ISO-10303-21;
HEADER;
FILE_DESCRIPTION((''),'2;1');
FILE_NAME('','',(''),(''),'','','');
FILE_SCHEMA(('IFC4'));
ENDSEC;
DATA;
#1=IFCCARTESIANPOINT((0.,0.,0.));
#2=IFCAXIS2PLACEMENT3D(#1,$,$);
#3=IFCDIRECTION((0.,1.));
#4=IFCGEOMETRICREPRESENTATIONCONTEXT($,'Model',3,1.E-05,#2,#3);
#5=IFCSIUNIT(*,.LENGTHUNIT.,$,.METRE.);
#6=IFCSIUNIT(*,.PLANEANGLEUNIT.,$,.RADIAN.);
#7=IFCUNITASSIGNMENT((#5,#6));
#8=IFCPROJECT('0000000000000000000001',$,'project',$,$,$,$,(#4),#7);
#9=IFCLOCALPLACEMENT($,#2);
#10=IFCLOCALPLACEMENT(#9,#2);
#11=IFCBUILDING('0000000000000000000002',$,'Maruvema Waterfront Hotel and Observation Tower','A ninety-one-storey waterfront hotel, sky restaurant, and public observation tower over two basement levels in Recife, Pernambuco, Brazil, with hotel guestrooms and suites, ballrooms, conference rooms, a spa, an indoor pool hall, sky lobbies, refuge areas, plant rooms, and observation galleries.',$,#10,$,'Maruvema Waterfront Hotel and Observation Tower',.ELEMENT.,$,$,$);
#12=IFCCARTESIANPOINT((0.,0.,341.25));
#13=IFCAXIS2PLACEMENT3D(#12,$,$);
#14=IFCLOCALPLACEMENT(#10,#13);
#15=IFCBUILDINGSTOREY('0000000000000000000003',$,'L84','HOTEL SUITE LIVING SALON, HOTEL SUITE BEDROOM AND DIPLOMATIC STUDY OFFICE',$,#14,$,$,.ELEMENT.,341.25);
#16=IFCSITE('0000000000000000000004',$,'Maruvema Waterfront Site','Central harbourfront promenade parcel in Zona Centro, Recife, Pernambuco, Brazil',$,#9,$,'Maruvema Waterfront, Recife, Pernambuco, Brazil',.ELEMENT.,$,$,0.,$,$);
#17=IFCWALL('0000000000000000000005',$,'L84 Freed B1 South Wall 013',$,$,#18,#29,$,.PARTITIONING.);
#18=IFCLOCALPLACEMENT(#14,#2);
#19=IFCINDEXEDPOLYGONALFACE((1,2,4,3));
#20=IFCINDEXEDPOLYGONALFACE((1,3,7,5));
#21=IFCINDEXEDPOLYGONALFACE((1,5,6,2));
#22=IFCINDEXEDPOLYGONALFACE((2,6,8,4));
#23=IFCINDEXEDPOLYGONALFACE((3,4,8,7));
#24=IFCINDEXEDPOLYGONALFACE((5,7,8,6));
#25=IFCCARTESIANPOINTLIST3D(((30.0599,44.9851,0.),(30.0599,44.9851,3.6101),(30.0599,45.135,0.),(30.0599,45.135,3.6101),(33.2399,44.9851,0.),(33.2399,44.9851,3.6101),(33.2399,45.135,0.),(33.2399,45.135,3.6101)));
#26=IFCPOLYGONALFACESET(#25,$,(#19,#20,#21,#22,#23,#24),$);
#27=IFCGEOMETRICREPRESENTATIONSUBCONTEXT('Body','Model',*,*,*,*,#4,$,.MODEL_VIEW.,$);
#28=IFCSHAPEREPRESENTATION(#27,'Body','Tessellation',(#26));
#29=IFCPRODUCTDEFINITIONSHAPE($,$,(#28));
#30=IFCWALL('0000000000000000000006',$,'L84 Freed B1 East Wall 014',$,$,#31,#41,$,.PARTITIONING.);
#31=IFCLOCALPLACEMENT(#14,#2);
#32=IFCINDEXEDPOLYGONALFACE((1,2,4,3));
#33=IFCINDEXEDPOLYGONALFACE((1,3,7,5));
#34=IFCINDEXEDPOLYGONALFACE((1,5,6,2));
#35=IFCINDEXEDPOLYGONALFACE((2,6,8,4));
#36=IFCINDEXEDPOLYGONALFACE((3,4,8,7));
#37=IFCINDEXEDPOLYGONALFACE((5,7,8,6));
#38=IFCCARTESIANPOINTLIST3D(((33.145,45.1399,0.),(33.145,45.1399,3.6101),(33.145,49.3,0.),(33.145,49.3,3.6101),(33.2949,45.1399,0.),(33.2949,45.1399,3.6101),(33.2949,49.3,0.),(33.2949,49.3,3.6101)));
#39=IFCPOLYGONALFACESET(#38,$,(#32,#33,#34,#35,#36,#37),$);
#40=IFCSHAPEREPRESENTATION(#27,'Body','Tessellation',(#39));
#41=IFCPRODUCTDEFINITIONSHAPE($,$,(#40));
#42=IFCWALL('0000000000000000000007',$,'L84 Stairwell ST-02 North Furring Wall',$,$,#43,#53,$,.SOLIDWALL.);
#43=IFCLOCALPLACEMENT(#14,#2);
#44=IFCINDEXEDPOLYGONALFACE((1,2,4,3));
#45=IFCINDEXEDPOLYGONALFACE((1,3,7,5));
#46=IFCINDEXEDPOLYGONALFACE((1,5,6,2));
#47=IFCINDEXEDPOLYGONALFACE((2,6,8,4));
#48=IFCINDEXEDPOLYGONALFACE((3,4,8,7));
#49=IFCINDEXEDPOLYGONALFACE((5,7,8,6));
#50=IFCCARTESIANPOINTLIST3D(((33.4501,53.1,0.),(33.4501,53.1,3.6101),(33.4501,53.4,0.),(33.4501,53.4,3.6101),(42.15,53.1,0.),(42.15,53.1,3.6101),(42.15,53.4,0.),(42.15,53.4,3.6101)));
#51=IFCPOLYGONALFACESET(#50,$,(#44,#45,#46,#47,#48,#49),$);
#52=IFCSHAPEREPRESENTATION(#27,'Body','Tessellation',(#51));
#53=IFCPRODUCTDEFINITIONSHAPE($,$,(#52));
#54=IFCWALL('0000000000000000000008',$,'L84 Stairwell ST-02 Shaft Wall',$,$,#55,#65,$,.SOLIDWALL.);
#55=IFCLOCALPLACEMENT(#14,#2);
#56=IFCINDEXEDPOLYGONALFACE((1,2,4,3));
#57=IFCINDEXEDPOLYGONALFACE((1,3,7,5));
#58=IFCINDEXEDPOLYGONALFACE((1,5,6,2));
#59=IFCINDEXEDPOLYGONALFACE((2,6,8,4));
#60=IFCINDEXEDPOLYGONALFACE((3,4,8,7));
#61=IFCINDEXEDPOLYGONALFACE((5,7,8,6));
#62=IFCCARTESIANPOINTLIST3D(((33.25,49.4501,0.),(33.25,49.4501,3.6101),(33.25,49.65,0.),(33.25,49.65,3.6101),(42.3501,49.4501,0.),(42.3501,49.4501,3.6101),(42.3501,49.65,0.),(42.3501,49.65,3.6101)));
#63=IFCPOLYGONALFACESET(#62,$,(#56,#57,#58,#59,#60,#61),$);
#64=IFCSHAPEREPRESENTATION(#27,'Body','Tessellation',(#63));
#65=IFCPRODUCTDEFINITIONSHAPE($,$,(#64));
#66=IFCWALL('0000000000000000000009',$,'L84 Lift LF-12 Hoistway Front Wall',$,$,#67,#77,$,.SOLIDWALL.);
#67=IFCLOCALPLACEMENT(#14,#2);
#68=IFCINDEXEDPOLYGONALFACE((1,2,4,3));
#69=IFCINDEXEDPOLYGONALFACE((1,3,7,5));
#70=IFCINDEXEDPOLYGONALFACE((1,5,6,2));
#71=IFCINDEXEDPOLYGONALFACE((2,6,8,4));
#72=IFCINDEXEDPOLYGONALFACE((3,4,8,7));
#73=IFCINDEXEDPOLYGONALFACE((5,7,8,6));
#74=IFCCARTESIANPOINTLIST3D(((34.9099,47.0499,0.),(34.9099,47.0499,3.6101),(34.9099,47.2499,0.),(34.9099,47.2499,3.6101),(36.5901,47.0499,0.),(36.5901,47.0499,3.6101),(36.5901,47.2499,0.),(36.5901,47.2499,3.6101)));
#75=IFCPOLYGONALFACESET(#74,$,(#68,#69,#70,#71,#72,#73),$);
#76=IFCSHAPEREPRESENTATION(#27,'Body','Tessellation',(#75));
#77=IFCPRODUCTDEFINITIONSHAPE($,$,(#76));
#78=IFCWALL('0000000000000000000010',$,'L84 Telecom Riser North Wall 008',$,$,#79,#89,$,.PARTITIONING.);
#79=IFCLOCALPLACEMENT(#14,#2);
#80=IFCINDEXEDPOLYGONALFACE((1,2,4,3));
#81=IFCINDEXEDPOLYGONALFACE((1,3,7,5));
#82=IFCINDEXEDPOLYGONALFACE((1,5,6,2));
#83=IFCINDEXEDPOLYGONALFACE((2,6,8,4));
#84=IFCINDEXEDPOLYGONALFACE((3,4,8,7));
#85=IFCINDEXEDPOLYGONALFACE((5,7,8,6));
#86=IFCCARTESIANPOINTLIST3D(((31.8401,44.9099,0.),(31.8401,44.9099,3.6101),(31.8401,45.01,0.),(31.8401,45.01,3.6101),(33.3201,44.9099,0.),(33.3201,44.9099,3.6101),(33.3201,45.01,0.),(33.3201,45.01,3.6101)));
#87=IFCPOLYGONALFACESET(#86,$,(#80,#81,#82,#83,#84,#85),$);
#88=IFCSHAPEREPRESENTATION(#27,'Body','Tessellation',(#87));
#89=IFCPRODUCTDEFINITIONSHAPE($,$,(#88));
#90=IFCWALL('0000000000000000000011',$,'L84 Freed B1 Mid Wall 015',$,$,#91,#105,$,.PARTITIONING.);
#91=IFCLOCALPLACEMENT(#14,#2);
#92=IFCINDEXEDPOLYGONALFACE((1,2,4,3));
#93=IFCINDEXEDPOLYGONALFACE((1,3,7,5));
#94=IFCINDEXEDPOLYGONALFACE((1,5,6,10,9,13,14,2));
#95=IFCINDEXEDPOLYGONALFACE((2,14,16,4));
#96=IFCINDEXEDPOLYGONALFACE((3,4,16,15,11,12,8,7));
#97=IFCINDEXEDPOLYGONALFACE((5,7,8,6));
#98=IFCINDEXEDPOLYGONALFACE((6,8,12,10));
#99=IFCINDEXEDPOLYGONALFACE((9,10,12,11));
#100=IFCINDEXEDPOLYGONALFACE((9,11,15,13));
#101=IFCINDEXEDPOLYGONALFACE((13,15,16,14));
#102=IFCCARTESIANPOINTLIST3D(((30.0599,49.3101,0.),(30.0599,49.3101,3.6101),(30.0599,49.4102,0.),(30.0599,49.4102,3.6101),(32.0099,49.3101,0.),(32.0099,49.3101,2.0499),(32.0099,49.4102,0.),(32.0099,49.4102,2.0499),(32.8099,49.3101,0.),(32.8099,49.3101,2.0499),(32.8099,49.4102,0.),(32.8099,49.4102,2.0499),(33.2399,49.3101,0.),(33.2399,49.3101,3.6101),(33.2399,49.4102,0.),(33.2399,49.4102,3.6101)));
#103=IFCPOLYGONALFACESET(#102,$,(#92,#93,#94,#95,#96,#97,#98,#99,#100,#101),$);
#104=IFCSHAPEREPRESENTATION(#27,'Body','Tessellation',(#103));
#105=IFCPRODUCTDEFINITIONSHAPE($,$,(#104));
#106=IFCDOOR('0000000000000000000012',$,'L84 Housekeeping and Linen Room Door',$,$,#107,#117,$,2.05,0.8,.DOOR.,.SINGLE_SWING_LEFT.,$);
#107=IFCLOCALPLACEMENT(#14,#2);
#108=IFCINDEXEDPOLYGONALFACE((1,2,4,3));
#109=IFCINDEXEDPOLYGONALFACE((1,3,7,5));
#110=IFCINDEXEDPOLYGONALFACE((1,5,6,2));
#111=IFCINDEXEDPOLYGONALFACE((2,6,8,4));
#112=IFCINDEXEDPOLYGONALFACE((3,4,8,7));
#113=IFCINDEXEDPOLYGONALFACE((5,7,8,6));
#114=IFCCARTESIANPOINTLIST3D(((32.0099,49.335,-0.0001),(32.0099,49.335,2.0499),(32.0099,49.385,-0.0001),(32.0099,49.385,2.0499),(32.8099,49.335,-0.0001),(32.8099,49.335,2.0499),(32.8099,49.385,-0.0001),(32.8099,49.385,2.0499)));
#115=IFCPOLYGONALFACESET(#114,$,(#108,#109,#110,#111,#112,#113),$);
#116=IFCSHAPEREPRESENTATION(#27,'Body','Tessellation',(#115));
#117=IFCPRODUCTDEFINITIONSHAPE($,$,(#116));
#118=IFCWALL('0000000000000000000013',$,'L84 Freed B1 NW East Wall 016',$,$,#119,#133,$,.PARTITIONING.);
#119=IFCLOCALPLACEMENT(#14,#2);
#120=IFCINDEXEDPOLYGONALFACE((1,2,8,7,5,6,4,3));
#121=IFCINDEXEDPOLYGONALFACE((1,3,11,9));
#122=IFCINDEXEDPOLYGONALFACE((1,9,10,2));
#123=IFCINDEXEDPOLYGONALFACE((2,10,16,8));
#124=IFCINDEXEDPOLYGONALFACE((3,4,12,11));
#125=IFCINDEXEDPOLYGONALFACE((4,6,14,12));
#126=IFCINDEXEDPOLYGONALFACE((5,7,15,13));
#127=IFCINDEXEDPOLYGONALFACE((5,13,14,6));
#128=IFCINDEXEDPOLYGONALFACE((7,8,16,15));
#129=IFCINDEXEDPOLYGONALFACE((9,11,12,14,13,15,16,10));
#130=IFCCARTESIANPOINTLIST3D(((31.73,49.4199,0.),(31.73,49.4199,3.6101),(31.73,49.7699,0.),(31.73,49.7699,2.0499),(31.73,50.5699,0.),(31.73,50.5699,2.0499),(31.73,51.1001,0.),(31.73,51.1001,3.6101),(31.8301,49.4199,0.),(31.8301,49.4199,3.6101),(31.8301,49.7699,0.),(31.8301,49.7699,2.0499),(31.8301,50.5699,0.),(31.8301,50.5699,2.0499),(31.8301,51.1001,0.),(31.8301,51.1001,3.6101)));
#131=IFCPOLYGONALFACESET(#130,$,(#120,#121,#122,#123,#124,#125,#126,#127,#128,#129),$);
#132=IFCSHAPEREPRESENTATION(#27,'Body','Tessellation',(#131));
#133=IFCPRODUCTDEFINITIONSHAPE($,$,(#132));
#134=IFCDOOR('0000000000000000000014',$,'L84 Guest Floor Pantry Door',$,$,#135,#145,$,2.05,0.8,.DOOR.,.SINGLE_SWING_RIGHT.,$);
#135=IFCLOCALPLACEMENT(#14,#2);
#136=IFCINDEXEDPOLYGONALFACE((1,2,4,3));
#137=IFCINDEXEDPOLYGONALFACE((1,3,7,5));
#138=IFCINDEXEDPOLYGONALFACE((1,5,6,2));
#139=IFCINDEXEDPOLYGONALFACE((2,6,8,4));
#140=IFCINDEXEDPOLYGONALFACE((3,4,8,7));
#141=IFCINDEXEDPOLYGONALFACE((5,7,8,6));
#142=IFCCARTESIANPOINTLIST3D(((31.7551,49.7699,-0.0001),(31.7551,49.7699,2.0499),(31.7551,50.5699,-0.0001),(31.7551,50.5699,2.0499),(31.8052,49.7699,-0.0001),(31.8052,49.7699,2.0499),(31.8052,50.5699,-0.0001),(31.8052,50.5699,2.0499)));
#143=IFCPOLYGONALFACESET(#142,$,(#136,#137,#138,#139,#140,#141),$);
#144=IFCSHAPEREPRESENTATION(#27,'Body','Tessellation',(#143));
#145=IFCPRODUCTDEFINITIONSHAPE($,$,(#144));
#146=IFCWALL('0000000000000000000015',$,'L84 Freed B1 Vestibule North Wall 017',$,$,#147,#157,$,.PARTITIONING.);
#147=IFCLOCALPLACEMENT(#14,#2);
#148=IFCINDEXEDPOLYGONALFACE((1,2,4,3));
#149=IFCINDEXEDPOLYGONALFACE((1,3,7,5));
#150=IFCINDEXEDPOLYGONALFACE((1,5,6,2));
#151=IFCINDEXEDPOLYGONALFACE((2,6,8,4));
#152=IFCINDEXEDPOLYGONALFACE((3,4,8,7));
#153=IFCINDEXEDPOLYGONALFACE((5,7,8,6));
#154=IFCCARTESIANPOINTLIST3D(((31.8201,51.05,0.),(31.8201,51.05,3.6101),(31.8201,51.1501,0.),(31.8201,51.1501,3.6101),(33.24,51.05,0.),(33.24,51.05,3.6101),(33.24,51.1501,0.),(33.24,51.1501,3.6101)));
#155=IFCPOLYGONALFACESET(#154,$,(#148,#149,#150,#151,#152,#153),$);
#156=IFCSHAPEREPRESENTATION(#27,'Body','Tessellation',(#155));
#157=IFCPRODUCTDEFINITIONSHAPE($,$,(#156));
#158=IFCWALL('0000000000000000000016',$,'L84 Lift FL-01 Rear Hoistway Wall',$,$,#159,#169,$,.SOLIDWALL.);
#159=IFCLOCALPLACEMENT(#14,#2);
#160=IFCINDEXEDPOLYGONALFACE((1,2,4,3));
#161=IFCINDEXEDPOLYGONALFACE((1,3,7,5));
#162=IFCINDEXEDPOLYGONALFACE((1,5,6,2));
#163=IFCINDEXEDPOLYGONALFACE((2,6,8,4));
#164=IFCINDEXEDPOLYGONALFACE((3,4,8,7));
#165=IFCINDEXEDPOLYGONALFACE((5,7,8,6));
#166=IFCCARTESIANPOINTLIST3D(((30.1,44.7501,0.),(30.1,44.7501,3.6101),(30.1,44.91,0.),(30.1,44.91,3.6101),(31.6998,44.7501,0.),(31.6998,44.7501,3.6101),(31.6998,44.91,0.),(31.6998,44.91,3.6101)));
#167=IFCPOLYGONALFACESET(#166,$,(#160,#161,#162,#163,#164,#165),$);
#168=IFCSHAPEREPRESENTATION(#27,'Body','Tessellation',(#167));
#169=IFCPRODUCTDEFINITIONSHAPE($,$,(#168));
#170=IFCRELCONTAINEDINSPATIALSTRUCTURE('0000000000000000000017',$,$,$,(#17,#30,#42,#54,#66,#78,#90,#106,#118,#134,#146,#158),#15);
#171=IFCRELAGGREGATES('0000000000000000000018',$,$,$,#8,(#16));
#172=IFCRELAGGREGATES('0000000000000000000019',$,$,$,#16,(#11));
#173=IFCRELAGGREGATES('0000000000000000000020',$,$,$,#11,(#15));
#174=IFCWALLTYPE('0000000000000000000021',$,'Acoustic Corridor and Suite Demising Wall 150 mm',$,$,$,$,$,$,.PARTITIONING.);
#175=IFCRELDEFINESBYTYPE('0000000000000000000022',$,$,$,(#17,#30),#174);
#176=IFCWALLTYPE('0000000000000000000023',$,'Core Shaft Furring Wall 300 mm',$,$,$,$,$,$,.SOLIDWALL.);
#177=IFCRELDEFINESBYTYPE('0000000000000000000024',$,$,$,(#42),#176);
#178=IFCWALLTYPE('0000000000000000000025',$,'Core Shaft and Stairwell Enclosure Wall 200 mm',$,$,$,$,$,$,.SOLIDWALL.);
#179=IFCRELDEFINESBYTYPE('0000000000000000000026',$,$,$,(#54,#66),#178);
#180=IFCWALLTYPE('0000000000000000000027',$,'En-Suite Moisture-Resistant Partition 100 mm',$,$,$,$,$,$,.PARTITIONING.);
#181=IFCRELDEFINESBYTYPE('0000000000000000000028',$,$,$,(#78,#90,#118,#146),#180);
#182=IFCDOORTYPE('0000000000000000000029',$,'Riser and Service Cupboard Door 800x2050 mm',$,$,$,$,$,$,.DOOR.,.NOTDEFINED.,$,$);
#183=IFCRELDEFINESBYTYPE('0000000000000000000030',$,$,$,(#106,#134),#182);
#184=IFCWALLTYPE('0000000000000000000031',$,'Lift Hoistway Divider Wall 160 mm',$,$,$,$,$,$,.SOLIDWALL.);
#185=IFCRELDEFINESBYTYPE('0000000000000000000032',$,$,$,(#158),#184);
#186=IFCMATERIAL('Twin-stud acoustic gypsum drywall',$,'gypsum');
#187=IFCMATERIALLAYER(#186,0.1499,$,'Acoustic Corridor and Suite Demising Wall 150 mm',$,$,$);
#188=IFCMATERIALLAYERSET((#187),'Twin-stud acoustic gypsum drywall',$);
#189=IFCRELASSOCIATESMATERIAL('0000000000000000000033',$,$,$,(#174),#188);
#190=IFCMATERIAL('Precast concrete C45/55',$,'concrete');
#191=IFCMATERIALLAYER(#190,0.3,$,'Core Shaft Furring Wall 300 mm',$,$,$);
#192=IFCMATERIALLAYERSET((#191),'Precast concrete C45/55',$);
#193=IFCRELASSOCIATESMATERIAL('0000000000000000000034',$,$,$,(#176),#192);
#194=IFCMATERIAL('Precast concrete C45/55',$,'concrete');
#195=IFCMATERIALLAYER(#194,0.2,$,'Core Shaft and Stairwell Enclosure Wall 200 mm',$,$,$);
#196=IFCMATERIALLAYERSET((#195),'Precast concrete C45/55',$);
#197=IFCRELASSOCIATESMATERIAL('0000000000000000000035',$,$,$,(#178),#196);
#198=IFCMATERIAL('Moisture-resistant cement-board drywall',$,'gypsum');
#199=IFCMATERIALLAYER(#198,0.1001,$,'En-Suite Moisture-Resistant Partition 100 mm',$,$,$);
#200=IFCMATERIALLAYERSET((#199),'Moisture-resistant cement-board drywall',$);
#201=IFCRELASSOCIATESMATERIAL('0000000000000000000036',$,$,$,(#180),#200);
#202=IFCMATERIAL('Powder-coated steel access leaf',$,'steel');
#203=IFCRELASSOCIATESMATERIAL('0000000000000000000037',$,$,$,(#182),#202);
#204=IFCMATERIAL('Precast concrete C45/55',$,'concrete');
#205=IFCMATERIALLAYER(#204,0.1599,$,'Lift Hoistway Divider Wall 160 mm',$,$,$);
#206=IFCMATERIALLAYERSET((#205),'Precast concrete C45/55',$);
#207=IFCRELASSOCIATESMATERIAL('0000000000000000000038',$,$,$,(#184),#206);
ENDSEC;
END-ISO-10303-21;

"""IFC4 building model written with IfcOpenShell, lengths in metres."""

from ifc_helpers import new_model, si_unit, direction, frame, frame_2d, origin, place, context, subcontext, project, spatial, rectangle, extrude, material, layer, layer_set, type_object, element, fill, save


model = new_model("IFC4")

# Units and contexts
model_context = context("Model", 3, precision=1e-05, world=origin(), true_north=direction((0.0, 1.0)))
body_context = subcontext(model_context, "Body", "Model", "MODEL_VIEW")
ifc_project = project(units=[si_unit("LENGTHUNIT", "METRE"), si_unit("PLANEANGLEUNIT", "RADIAN")], contexts=[model_context])

# Site, building, storey
site_placement = place(None, origin())
site = spatial("IfcSite", under=ifc_project, at=site_placement, Name="Maruvema Waterfront Site", Description="Central harbourfront promenade parcel in Zona Centro, Recife, Pernambuco, Brazil", LongName="Maruvema Waterfront, Recife, Pernambuco, Brazil", CompositionType="ELEMENT", RefElevation=0.0)
building_placement = place(site_placement, origin())
building = spatial("IfcBuilding", under=site, at=building_placement, Name="Maruvema Waterfront Hotel and Observation Tower", Description="A ninety-one-storey waterfront hotel, sky restaurant, and public observation tower over two basement levels in Recife, Pernambuco, Brazil, with hotel guestrooms and suites, ballrooms, conference rooms, a spa, an indoor pool hall, sky lobbies, refuge areas, plant rooms, and observation galleries.", LongName="Maruvema Waterfront Hotel and Observation Tower", CompositionType="ELEMENT")
storey_placement = place(building_placement, frame((0.0, 0.0, 341.25)))
storey = spatial("IfcBuildingStorey", under=building, at=storey_placement, Name="L84", Description="HOTEL SUITE LIVING SALON, HOTEL SUITE BEDROOM AND DIPLOMATIC STUDY OFFICE", CompositionType="ELEMENT", Elevation=341.25)

# Walls
ifc_material_1 = material(Name="Twin-stud acoustic gypsum drywall", Category="gypsum")
ifc_layer_1 = layer(ifc_material_1, 0.1499, Name="Acoustic Corridor and Suite Demising Wall 150 mm")
ifc_layer_set_1 = layer_set([ifc_layer_1], Name="Twin-stud acoustic gypsum drywall")
wall_type_1 = type_object("IfcWallType", Name="Acoustic Corridor and Suite Demising Wall 150 mm", PredefinedType="PARTITIONING", material=ifc_layer_set_1)
wall_1_placement = place(storey_placement, frame((30.0601, 45.0601, 0.0), z_axis=(0.0, 0.0, 1.0), x_axis=(1.0, 0.0, 0.0)))
element("IfcWall", 1, at=wall_1_placement, inside=storey, type_object=wall_type_1, Name="L84 Freed B1 South Wall 013", PredefinedType="PARTITIONING", context=body_context, shape_type="SweptSolid", body=[
    extrude(rectangle(XDim=3.1799, YDim=0.1499, at=frame_2d((1.5898, 0.0))), origin(), (0.0, 0.0, 1.0), 3.6101),
])
wall_2_placement = place(storey_placement, frame((33.22, 45.1399, 0.0), z_axis=(0.0, 0.0, 1.0), x_axis=(0.0, 1.0, 0.0)))
element("IfcWall", 2, at=wall_2_placement, inside=storey, type_object=wall_type_1, Name="L84 Freed B1 East Wall 014", PredefinedType="PARTITIONING", context=body_context, shape_type="SweptSolid", body=[
    extrude(rectangle(XDim=4.1602, YDim=0.1499, at=frame_2d((2.0801, 0.0))), origin(), (0.0, 0.0, 1.0), 3.6101),
])
ifc_material_2 = material(Name="Precast concrete C45/55", Category="concrete")
ifc_layer_2 = layer(ifc_material_2, 0.3, Name="Core Shaft Furring Wall 300 mm")
ifc_layer_set_2 = layer_set([ifc_layer_2], Name="Precast concrete C45/55")
wall_type_2 = type_object("IfcWallType", Name="Core Shaft Furring Wall 300 mm", PredefinedType="SOLIDWALL", material=ifc_layer_set_2)
wall_3_placement = place(storey_placement, frame((33.45, 53.25, 0.0), z_axis=(0.0, 0.0, 1.0), x_axis=(1.0, 0.0, 0.0)))
element("IfcWall", 3, at=wall_3_placement, inside=storey, type_object=wall_type_2, Name="L84 Stairwell ST-02 North Furring Wall", PredefinedType="SOLIDWALL", context=body_context, shape_type="SweptSolid", body=[
    extrude(rectangle(XDim=8.7, YDim=0.3, at=frame_2d((4.3501, 0.0))), origin(), (0.0, 0.0, 1.0), 3.6101),
])
ifc_material_3 = material(Name="Precast concrete C45/55", Category="concrete")
ifc_layer_3 = layer(ifc_material_3, 0.2, Name="Core Shaft and Stairwell Enclosure Wall 200 mm")
ifc_layer_set_3 = layer_set([ifc_layer_3], Name="Precast concrete C45/55")
wall_type_3 = type_object("IfcWallType", Name="Core Shaft and Stairwell Enclosure Wall 200 mm", PredefinedType="SOLIDWALL", material=ifc_layer_set_3)
wall_4_placement = place(storey_placement, frame((33.25, 49.55, 0.0), z_axis=(0.0, 0.0, 1.0), x_axis=(1.0, 0.0, 0.0)))
element("IfcWall", 4, at=wall_4_placement, inside=storey, type_object=wall_type_3, Name="L84 Stairwell ST-02 Shaft Wall", PredefinedType="SOLIDWALL", context=body_context, shape_type="SweptSolid", body=[
    extrude(rectangle(XDim=9.1001, YDim=0.2, at=frame_2d((4.55, 0.0))), origin(), (0.0, 0.0, 1.0), 3.6101),
])

# Walls
wall_5_placement = place(storey_placement, frame((34.9099, 47.1499, 0.0), z_axis=(0.0, 0.0, 1.0), x_axis=(1.0, 0.0, 0.0)))
element("IfcWall", 5, at=wall_5_placement, inside=storey, type_object=wall_type_3, Name="L84 Lift LF-12 Hoistway Front Wall", PredefinedType="SOLIDWALL", context=body_context, shape_type="SweptSolid", body=[
    extrude(rectangle(XDim=1.6802, YDim=0.2, at=frame_2d((0.8401, 0.0))), origin(), (0.0, 0.0, 1.0), 3.6101),
])
ifc_material_4 = material(Name="Moisture-resistant cement-board drywall", Category="gypsum")
ifc_layer_4 = layer(ifc_material_4, 0.1001, Name="En-Suite Moisture-Resistant Partition 100 mm")
ifc_layer_set_4 = layer_set([ifc_layer_4], Name="Moisture-resistant cement-board drywall")
wall_type_4 = type_object("IfcWallType", Name="En-Suite Moisture-Resistant Partition 100 mm", PredefinedType="PARTITIONING", material=ifc_layer_set_4)
wall_6_placement = place(storey_placement, frame((31.8401, 44.96, 0.0), z_axis=(0.0, 0.0, 1.0), x_axis=(1.0, 0.0, 0.0)))
element("IfcWall", 6, at=wall_6_placement, inside=storey, type_object=wall_type_4, Name="L84 Telecom Riser North Wall 008", PredefinedType="PARTITIONING", context=body_context, shape_type="SweptSolid", body=[
    extrude(rectangle(XDim=1.48, YDim=0.1001, at=frame_2d((0.74, 0.0))), origin(), (0.0, 0.0, 1.0), 3.6101),
])

# Walls, openings, doors
wall_7_placement = place(storey_placement, frame((30.0601, 49.3601, 0.0), z_axis=(0.0, 0.0, 1.0), x_axis=(1.0, 0.0, 0.0)))
wall_7 = element("IfcWall", 7, at=wall_7_placement, inside=storey, type_object=wall_type_4, Name="L84 Freed B1 Mid Wall 015", PredefinedType="PARTITIONING", context=body_context, shape_type="SweptSolid", body=[
    extrude(rectangle(XDim=3.1799, YDim=0.1001, at=frame_2d((1.5898, 0.0))), origin(), (0.0, 0.0, 1.0), 3.6101),
])
opening_1_placement = place(wall_7_placement, frame((1.95, 0.0, 0.0)))
opening_1 = element("IfcOpeningElement", 8, at=opening_1_placement, cuts=wall_7, PredefinedType="OPENING", context=body_context, shape_type="SweptSolid", body=[
    extrude(rectangle(XDim=0.8, YDim=2.05, at=frame_2d((0.3999, 1.0249))), frame((0.0, 0.0601, 0.0), z_axis=(0.0, -1.0, 0.0), x_axis=(1.0, 0.0, 0.0)), (0.0, 0.0, 1.0), 0.1201),
])
ifc_material_5 = material(Name="Powder-coated steel access leaf", Category="steel")
door_type_1 = type_object("IfcDoorType", Name="Riser and Service Cupboard Door 800x2050 mm", OperationType="NOTDEFINED", PredefinedType="DOOR", material=ifc_material_5)
door_1_placement = place(opening_1_placement, origin())
door_1 = element("IfcDoor", 9, at=door_1_placement, inside=storey, type_object=door_type_1, Name="L84 Housekeeping and Linen Room Door", OperationType="SINGLE_SWING_LEFT", OverallHeight=2.05, OverallWidth=0.8, PredefinedType="DOOR", context=body_context, shape_type="SweptSolid", body=[
    extrude(rectangle(XDim=0.8, YDim=2.05, at=frame_2d((0.3999, 1.0249))), frame((0.0, 0.0249, 0.0), z_axis=(0.0, -1.0, 0.0), x_axis=(1.0, 0.0, 0.0)), (0.0, 0.0, 1.0), 0.05),
])
fill(opening_1, door_1)
wall_8_placement = place(storey_placement, frame((31.78, 49.4199, 0.0), z_axis=(0.0, 0.0, 1.0), x_axis=(0.0, 1.0, 0.0)))
wall_8 = element("IfcWall", 10, at=wall_8_placement, inside=storey, type_object=wall_type_4, Name="L84 Freed B1 NW East Wall 016", PredefinedType="PARTITIONING", context=body_context, shape_type="SweptSolid", body=[
    extrude(rectangle(XDim=1.6802, YDim=0.1001, at=frame_2d((0.8401, 0.0))), origin(), (0.0, 0.0, 1.0), 3.6101),
])
opening_2_placement = place(wall_8_placement, frame((0.3501, 0.0, 0.0)))
opening_2 = element("IfcOpeningElement", 11, at=opening_2_placement, cuts=wall_8, PredefinedType="OPENING", context=body_context, shape_type="SweptSolid", body=[
    extrude(rectangle(XDim=0.8, YDim=2.05, at=frame_2d((0.3999, 1.0249))), frame((0.0, 0.0601, 0.0), z_axis=(0.0, -1.0, 0.0), x_axis=(1.0, 0.0, 0.0)), (0.0, 0.0, 1.0), 0.1201),
])
door_2_placement = place(opening_2_placement, origin())
door_2 = element("IfcDoor", 12, at=door_2_placement, inside=storey, type_object=door_type_1, Name="L84 Guest Floor Pantry Door", OperationType="SINGLE_SWING_RIGHT", OverallHeight=2.05, OverallWidth=0.8, PredefinedType="DOOR", context=body_context, shape_type="SweptSolid", body=[
    extrude(rectangle(XDim=0.8, YDim=2.05, at=frame_2d((0.3999, 1.0249))), frame((0.0, 0.0249, 0.0), z_axis=(0.0, -1.0, 0.0), x_axis=(1.0, 0.0, 0.0)), (0.0, 0.0, 1.0), 0.05),
])
fill(opening_2, door_2)

# Walls
wall_9_placement = place(storey_placement, frame((31.8201, 51.1001, 0.0), z_axis=(0.0, 0.0, 1.0), x_axis=(1.0, 0.0, 0.0)))
element("IfcWall", 13, at=wall_9_placement, inside=storey, type_object=wall_type_4, Name="L84 Freed B1 Vestibule North Wall 017", PredefinedType="PARTITIONING", context=body_context, shape_type="SweptSolid", body=[
    extrude(rectangle(XDim=1.4199, YDim=0.1001, at=frame_2d((0.71, 0.0))), origin(), (0.0, 0.0, 1.0), 3.6101),
])
ifc_material_6 = material(Name="Precast concrete C45/55", Category="concrete")
ifc_layer_5 = layer(ifc_material_6, 0.1599, Name="Lift Hoistway Divider Wall 160 mm")
ifc_layer_set_5 = layer_set([ifc_layer_5], Name="Precast concrete C45/55")
wall_type_5 = type_object("IfcWallType", Name="Lift Hoistway Divider Wall 160 mm", PredefinedType="SOLIDWALL", material=ifc_layer_set_5)
wall_10_placement = place(storey_placement, frame((30.1001, 44.8301, 0.0), z_axis=(0.0, 0.0, 1.0), x_axis=(1.0, 0.0, 0.0)))
element("IfcWall", 14, at=wall_10_placement, inside=storey, type_object=wall_type_5, Name="L84 Lift FL-01 Rear Hoistway Wall", PredefinedType="SOLIDWALL", context=body_context, shape_type="SweptSolid", body=[
    extrude(rectangle(XDim=1.5999, YDim=0.1599, at=frame_2d((0.7998, 0.0))), origin(), (0.0, 0.0, 1.0), 3.6101),
])

save(model, "model.ifc")
